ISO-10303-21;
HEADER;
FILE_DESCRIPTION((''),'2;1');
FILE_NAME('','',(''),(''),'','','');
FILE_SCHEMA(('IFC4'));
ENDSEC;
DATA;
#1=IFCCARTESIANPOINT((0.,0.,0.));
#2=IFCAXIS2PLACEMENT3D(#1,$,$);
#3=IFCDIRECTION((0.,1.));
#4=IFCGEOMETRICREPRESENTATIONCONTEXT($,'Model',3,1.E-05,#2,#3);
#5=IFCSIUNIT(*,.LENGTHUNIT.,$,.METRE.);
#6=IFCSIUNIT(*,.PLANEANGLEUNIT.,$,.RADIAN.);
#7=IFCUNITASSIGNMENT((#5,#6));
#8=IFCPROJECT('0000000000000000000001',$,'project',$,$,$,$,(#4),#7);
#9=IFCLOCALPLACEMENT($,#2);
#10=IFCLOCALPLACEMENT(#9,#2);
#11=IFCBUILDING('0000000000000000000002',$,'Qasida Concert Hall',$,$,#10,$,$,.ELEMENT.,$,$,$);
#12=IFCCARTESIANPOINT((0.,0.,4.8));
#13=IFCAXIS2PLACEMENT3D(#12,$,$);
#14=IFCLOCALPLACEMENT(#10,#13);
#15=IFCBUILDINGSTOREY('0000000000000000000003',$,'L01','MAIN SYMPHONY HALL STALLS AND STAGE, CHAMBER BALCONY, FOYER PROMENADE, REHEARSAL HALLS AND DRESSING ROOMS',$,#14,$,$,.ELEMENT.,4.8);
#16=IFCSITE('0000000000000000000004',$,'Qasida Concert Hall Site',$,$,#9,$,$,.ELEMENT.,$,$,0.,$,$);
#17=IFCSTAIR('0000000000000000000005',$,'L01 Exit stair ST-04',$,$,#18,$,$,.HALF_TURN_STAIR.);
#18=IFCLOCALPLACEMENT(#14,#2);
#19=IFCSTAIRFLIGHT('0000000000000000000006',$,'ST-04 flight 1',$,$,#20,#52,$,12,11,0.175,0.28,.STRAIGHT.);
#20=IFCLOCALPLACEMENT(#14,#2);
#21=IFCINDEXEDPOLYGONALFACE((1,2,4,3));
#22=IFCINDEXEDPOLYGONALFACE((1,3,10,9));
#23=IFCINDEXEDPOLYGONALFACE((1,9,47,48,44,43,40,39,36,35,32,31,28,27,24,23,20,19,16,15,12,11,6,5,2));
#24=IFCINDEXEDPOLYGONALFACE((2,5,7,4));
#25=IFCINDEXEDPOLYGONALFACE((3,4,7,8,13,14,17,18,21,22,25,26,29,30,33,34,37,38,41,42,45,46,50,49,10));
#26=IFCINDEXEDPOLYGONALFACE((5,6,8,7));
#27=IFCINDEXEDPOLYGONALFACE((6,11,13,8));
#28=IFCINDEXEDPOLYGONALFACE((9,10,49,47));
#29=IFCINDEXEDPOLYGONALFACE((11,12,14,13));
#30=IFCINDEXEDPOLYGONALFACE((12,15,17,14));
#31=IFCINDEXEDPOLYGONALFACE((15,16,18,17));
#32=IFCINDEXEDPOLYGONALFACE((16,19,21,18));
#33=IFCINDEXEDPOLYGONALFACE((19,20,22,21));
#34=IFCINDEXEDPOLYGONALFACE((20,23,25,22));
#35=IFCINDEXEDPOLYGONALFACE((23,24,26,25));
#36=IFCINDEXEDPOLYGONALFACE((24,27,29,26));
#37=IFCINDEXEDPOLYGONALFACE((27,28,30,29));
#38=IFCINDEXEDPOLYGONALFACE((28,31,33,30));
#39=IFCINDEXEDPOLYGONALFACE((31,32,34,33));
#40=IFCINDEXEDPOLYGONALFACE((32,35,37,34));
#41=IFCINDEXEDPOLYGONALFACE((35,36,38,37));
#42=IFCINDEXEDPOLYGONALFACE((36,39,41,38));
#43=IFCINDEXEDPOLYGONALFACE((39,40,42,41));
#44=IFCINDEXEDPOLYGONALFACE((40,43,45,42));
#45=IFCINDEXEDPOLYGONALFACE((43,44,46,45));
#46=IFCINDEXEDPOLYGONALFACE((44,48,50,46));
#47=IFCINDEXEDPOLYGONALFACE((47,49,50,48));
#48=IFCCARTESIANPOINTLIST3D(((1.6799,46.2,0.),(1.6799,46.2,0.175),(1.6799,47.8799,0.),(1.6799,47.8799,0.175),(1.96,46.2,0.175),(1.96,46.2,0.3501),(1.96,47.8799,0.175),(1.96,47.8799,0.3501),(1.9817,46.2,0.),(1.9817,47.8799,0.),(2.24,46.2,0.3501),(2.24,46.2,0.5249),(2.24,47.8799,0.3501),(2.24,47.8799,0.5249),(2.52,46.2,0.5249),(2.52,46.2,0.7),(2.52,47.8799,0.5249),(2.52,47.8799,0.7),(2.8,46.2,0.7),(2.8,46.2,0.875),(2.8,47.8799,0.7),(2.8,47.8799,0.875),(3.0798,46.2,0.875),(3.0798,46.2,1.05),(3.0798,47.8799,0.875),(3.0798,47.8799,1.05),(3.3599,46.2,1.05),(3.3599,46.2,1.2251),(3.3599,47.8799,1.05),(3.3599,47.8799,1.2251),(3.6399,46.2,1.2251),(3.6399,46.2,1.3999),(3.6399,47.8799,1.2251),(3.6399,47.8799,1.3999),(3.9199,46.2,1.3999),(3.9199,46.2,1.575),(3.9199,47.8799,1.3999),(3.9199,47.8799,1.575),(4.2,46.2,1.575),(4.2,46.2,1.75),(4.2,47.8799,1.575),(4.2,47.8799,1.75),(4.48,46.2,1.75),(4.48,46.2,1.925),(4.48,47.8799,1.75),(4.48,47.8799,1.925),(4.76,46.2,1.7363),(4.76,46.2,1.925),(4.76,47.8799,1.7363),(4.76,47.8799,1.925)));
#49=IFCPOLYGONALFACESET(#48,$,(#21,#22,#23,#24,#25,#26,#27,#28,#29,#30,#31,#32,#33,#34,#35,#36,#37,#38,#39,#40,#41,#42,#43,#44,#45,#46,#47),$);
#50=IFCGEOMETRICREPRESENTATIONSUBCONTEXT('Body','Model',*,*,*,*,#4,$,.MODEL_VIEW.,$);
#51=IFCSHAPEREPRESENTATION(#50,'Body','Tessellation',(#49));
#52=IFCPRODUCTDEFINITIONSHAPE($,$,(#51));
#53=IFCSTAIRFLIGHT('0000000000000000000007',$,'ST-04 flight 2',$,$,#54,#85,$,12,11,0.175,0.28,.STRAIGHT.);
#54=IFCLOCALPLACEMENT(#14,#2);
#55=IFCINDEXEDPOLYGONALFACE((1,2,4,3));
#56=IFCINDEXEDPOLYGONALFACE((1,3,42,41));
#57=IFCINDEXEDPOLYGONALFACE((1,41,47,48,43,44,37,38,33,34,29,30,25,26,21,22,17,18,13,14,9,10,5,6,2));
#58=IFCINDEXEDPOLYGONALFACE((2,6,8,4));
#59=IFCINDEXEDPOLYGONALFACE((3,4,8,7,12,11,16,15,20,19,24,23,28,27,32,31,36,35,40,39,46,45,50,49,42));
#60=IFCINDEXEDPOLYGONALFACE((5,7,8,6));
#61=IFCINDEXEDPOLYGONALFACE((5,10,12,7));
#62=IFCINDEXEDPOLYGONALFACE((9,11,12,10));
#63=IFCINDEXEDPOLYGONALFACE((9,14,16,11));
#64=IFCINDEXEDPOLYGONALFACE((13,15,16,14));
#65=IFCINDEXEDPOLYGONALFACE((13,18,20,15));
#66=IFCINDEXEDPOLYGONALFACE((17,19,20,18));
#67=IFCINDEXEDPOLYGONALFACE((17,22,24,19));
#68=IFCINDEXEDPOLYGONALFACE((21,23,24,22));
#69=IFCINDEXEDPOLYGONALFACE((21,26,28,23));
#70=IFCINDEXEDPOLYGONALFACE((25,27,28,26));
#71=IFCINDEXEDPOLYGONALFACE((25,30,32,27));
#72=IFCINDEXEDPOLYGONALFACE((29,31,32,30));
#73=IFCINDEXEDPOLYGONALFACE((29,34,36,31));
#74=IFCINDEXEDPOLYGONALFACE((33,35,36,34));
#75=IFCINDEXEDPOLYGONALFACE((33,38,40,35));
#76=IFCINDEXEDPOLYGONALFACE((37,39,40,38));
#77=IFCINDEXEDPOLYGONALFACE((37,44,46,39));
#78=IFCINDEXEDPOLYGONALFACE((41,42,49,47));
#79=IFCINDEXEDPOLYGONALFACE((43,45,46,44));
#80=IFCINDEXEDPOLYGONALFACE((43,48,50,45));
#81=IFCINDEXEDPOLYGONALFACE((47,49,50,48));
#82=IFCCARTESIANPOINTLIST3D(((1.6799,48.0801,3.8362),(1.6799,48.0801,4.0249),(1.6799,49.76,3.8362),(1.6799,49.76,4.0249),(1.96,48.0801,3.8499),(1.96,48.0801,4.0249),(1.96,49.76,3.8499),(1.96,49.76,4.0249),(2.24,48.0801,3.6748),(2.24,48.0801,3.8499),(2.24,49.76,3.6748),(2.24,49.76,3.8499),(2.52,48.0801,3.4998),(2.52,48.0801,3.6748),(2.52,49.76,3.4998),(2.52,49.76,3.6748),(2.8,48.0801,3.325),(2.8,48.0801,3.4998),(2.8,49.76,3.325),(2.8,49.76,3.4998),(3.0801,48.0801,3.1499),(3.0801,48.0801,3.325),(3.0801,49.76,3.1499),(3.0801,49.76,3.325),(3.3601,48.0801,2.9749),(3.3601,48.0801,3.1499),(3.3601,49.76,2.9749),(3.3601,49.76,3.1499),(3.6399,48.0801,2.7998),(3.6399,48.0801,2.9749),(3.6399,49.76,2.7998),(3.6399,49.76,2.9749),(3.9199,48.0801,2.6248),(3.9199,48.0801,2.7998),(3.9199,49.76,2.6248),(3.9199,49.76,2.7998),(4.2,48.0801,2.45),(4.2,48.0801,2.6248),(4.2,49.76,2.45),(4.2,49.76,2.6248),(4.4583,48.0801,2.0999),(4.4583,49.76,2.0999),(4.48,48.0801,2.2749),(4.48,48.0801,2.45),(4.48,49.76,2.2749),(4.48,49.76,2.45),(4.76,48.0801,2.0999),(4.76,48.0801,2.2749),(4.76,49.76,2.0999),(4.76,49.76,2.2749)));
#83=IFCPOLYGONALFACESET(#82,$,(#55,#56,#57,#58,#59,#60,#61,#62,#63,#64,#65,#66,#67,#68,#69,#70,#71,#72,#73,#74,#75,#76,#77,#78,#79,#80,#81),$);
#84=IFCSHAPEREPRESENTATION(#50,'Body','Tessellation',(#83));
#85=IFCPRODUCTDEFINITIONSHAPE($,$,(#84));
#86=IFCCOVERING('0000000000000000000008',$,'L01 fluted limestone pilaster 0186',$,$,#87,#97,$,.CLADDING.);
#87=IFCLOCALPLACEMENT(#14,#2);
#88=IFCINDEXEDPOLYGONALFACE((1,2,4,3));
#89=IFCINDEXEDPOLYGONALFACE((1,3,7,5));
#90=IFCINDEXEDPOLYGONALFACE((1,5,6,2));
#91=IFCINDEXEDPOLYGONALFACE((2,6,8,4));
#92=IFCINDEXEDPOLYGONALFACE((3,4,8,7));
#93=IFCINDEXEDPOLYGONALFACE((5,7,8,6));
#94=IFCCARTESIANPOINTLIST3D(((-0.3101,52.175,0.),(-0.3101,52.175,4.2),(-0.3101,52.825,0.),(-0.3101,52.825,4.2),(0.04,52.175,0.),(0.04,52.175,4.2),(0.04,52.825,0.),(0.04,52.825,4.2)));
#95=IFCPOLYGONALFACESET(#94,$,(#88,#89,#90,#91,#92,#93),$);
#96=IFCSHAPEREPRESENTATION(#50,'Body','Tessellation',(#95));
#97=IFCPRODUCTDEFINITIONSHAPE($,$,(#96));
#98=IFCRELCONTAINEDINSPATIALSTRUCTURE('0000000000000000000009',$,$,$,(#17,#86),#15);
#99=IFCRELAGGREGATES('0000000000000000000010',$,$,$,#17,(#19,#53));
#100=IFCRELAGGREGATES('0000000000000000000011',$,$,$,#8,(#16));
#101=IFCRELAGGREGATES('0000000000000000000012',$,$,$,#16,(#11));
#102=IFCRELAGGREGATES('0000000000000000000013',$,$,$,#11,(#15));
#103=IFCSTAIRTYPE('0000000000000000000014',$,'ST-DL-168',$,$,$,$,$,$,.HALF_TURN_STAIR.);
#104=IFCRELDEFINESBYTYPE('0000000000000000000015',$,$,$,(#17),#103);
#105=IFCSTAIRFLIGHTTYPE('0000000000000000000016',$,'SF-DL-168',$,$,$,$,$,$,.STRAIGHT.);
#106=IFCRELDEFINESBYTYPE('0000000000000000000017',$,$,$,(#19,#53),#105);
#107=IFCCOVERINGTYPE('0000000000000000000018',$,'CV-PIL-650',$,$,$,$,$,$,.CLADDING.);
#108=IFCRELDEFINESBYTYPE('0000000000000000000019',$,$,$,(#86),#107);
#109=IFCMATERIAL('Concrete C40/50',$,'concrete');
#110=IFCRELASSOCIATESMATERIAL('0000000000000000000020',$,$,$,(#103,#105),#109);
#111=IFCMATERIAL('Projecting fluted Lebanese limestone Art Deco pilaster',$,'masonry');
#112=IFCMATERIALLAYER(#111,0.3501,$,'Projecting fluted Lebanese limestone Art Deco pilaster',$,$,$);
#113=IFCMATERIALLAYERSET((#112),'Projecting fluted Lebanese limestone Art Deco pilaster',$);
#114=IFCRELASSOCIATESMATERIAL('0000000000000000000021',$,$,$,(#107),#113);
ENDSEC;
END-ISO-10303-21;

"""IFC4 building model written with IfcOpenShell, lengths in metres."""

from ifc_helpers import new_model, si_unit, direction, frame, origin, origin_2d, place, context, subcontext, project, spatial, polyline, rectangle, outline, extrude, material, layer, layer_set, type_object, element, aggregate, save


model = new_model("IFC4")

# Units and contexts
model_context = context("Model", 3, precision=1e-05, world=origin(), true_north=direction((0.0, 1.0)))
body_context = subcontext(model_context, "Body", "Model", "MODEL_VIEW")
ifc_project = project(units=[si_unit("LENGTHUNIT", "METRE"), si_unit("PLANEANGLEUNIT", "RADIAN")], contexts=[model_context])

# Site, building, storey
site_placement = place(None, origin())
site = spatial("IfcSite", under=ifc_project, at=site_placement, Name="Qasida Concert Hall Site", CompositionType="ELEMENT", RefElevation=0.0)
building_placement = place(site_placement, origin())
building = spatial("IfcBuilding", under=site, at=building_placement, Name="Qasida Concert Hall", CompositionType="ELEMENT")
storey_placement = place(building_placement, frame((0.0, 0.0, 4.8)))
storey = spatial("IfcBuildingStorey", under=building, at=storey_placement, Name="L01", Description="MAIN SYMPHONY HALL STALLS AND STAGE, CHAMBER BALCONY, FOYER PROMENADE, REHEARSAL HALLS AND DRESSING ROOMS", CompositionType="ELEMENT", Elevation=4.8)

# Shared definitions
ifc_material_1 = material(Name="Concrete C40/50", Category="concrete")

# Stair, stair flights
stair_type = type_object("IfcStairType", Name="ST-DL-168", PredefinedType="HALF_TURN_STAIR", material=ifc_material_1)
stair_placement = place(storey_placement, origin())
stair = element("IfcStair", 1, at=stair_placement, inside=storey, type_object=stair_type, Name="L01 Exit stair ST-04", PredefinedType="HALF_TURN_STAIR")
stair_flight_type = type_object("IfcStairFlightType", Name="SF-DL-168", PredefinedType="STRAIGHT", material=ifc_material_1)
stair_flight_1_placement = place(storey_placement, frame((1.6799, 47.04, 0.0), z_axis=(0.0, 0.0, 1.0), x_axis=(1.0, 0.0, 0.0)))
stair_flight_1 = element("IfcStairFlight", 2, at=stair_flight_1_placement, type_object=stair_flight_type, Name="ST-04 flight 1", NumberOfRisers=12, NumberOfTreads=11, PredefinedType="STRAIGHT", RiserHeight=0.175, TreadLength=0.28, context=body_context, shape_type="SweptSolid", body=[
    extrude(outline(polyline([(0.0, 0.0), (0.0, 0.175), (0.28, 0.175), (0.28, 0.3501), (0.5601, 0.3501), (0.5601, 0.5249), (0.8401, 0.5249), (0.8401, 0.7), (1.1201, 0.7), (1.1201, 0.875), (1.3999, 0.875), (1.3999, 1.05), (1.6799, 1.05), (1.6799, 1.2251), (1.96, 1.2251), (1.96, 1.3999), (2.24, 1.3999), (2.24, 1.575), (2.52, 1.575), (2.52, 1.75), (2.8, 1.75), (2.8, 1.925), (3.0801, 1.925), (3.0801, 2.1001), (3.0801, 1.7363), (0.3018, 0.0), (0.0, 0.0)])), frame((0.0, 0.8398, 0.0), z_axis=(0.0, -1.0, 0.0), x_axis=(1.0, 0.0, 0.0)), (0.0, 0.0, 1.0), 1.6799),
])
stair_flight_2_placement = place(storey_placement, frame((4.76, 48.9199, 2.0999), z_axis=(0.0, 0.0, 1.0), x_axis=(-1.0, 0.0, 0.0)))
stair_flight_2 = element("IfcStairFlight", 3, at=stair_flight_2_placement, type_object=stair_flight_type, Name="ST-04 flight 2", NumberOfRisers=12, NumberOfTreads=11, PredefinedType="STRAIGHT", RiserHeight=0.175, TreadLength=0.28, context=body_context, shape_type="SweptSolid", body=[
    extrude(outline(polyline([(0.0, 0.0), (0.0, 0.175), (0.28, 0.175), (0.28, 0.3501), (0.5601, 0.3501), (0.5601, 0.5249), (0.8401, 0.5249), (0.8401, 0.7), (1.1201, 0.7), (1.1201, 0.875), (1.3999, 0.875), (1.3999, 1.05), (1.6799, 1.05), (1.6799, 1.2251), (1.96, 1.2251), (1.96, 1.3999), (2.24, 1.3999), (2.24, 1.575), (2.52, 1.575), (2.52, 1.75), (2.8, 1.75), (2.8, 1.925), (3.0801, 1.925), (3.0801, 2.1001), (3.0801, 1.7363), (0.3018, 0.0), (0.0, 0.0)])), frame((0.0, 0.8398, 0.0), z_axis=(0.0, -1.0, 0.0), x_axis=(1.0, 0.0, 0.0)), (0.0, 0.0, 1.0), 1.6799),
])
aggregate(stair, [stair_flight_1, stair_flight_2])

# Covering
ifc_material_2 = material(Name="Projecting fluted Lebanese limestone Art Deco pilaster", Category="masonry")
ifc_layer_1 = layer(ifc_material_2, 0.3501, Name="Projecting fluted Lebanese limestone Art Deco pilaster")
ifc_layer_set_1 = layer_set([ifc_layer_1], Name="Projecting fluted Lebanese limestone Art Deco pilaster")
covering_type = type_object("IfcCoveringType", Name="CV-PIL-650", PredefinedType="CLADDING", material=ifc_layer_set_1)
covering_placement = place(storey_placement, frame((-0.135, 52.5, 0.0), z_axis=(0.0, 0.0, 1.0), x_axis=(1.0, 0.0, 0.0)))
element("IfcCovering", 4, at=covering_placement, inside=storey, type_object=covering_type, Name="L01 fluted limestone pilaster 0186", PredefinedType="CLADDING", context=body_context, shape_type="SweptSolid", body=[
    extrude(rectangle(XDim=0.3501, YDim=0.6499, at=origin_2d()), origin(), (0.0, 0.0, 1.0), 4.2),
])

save(model, "model.ifc")
